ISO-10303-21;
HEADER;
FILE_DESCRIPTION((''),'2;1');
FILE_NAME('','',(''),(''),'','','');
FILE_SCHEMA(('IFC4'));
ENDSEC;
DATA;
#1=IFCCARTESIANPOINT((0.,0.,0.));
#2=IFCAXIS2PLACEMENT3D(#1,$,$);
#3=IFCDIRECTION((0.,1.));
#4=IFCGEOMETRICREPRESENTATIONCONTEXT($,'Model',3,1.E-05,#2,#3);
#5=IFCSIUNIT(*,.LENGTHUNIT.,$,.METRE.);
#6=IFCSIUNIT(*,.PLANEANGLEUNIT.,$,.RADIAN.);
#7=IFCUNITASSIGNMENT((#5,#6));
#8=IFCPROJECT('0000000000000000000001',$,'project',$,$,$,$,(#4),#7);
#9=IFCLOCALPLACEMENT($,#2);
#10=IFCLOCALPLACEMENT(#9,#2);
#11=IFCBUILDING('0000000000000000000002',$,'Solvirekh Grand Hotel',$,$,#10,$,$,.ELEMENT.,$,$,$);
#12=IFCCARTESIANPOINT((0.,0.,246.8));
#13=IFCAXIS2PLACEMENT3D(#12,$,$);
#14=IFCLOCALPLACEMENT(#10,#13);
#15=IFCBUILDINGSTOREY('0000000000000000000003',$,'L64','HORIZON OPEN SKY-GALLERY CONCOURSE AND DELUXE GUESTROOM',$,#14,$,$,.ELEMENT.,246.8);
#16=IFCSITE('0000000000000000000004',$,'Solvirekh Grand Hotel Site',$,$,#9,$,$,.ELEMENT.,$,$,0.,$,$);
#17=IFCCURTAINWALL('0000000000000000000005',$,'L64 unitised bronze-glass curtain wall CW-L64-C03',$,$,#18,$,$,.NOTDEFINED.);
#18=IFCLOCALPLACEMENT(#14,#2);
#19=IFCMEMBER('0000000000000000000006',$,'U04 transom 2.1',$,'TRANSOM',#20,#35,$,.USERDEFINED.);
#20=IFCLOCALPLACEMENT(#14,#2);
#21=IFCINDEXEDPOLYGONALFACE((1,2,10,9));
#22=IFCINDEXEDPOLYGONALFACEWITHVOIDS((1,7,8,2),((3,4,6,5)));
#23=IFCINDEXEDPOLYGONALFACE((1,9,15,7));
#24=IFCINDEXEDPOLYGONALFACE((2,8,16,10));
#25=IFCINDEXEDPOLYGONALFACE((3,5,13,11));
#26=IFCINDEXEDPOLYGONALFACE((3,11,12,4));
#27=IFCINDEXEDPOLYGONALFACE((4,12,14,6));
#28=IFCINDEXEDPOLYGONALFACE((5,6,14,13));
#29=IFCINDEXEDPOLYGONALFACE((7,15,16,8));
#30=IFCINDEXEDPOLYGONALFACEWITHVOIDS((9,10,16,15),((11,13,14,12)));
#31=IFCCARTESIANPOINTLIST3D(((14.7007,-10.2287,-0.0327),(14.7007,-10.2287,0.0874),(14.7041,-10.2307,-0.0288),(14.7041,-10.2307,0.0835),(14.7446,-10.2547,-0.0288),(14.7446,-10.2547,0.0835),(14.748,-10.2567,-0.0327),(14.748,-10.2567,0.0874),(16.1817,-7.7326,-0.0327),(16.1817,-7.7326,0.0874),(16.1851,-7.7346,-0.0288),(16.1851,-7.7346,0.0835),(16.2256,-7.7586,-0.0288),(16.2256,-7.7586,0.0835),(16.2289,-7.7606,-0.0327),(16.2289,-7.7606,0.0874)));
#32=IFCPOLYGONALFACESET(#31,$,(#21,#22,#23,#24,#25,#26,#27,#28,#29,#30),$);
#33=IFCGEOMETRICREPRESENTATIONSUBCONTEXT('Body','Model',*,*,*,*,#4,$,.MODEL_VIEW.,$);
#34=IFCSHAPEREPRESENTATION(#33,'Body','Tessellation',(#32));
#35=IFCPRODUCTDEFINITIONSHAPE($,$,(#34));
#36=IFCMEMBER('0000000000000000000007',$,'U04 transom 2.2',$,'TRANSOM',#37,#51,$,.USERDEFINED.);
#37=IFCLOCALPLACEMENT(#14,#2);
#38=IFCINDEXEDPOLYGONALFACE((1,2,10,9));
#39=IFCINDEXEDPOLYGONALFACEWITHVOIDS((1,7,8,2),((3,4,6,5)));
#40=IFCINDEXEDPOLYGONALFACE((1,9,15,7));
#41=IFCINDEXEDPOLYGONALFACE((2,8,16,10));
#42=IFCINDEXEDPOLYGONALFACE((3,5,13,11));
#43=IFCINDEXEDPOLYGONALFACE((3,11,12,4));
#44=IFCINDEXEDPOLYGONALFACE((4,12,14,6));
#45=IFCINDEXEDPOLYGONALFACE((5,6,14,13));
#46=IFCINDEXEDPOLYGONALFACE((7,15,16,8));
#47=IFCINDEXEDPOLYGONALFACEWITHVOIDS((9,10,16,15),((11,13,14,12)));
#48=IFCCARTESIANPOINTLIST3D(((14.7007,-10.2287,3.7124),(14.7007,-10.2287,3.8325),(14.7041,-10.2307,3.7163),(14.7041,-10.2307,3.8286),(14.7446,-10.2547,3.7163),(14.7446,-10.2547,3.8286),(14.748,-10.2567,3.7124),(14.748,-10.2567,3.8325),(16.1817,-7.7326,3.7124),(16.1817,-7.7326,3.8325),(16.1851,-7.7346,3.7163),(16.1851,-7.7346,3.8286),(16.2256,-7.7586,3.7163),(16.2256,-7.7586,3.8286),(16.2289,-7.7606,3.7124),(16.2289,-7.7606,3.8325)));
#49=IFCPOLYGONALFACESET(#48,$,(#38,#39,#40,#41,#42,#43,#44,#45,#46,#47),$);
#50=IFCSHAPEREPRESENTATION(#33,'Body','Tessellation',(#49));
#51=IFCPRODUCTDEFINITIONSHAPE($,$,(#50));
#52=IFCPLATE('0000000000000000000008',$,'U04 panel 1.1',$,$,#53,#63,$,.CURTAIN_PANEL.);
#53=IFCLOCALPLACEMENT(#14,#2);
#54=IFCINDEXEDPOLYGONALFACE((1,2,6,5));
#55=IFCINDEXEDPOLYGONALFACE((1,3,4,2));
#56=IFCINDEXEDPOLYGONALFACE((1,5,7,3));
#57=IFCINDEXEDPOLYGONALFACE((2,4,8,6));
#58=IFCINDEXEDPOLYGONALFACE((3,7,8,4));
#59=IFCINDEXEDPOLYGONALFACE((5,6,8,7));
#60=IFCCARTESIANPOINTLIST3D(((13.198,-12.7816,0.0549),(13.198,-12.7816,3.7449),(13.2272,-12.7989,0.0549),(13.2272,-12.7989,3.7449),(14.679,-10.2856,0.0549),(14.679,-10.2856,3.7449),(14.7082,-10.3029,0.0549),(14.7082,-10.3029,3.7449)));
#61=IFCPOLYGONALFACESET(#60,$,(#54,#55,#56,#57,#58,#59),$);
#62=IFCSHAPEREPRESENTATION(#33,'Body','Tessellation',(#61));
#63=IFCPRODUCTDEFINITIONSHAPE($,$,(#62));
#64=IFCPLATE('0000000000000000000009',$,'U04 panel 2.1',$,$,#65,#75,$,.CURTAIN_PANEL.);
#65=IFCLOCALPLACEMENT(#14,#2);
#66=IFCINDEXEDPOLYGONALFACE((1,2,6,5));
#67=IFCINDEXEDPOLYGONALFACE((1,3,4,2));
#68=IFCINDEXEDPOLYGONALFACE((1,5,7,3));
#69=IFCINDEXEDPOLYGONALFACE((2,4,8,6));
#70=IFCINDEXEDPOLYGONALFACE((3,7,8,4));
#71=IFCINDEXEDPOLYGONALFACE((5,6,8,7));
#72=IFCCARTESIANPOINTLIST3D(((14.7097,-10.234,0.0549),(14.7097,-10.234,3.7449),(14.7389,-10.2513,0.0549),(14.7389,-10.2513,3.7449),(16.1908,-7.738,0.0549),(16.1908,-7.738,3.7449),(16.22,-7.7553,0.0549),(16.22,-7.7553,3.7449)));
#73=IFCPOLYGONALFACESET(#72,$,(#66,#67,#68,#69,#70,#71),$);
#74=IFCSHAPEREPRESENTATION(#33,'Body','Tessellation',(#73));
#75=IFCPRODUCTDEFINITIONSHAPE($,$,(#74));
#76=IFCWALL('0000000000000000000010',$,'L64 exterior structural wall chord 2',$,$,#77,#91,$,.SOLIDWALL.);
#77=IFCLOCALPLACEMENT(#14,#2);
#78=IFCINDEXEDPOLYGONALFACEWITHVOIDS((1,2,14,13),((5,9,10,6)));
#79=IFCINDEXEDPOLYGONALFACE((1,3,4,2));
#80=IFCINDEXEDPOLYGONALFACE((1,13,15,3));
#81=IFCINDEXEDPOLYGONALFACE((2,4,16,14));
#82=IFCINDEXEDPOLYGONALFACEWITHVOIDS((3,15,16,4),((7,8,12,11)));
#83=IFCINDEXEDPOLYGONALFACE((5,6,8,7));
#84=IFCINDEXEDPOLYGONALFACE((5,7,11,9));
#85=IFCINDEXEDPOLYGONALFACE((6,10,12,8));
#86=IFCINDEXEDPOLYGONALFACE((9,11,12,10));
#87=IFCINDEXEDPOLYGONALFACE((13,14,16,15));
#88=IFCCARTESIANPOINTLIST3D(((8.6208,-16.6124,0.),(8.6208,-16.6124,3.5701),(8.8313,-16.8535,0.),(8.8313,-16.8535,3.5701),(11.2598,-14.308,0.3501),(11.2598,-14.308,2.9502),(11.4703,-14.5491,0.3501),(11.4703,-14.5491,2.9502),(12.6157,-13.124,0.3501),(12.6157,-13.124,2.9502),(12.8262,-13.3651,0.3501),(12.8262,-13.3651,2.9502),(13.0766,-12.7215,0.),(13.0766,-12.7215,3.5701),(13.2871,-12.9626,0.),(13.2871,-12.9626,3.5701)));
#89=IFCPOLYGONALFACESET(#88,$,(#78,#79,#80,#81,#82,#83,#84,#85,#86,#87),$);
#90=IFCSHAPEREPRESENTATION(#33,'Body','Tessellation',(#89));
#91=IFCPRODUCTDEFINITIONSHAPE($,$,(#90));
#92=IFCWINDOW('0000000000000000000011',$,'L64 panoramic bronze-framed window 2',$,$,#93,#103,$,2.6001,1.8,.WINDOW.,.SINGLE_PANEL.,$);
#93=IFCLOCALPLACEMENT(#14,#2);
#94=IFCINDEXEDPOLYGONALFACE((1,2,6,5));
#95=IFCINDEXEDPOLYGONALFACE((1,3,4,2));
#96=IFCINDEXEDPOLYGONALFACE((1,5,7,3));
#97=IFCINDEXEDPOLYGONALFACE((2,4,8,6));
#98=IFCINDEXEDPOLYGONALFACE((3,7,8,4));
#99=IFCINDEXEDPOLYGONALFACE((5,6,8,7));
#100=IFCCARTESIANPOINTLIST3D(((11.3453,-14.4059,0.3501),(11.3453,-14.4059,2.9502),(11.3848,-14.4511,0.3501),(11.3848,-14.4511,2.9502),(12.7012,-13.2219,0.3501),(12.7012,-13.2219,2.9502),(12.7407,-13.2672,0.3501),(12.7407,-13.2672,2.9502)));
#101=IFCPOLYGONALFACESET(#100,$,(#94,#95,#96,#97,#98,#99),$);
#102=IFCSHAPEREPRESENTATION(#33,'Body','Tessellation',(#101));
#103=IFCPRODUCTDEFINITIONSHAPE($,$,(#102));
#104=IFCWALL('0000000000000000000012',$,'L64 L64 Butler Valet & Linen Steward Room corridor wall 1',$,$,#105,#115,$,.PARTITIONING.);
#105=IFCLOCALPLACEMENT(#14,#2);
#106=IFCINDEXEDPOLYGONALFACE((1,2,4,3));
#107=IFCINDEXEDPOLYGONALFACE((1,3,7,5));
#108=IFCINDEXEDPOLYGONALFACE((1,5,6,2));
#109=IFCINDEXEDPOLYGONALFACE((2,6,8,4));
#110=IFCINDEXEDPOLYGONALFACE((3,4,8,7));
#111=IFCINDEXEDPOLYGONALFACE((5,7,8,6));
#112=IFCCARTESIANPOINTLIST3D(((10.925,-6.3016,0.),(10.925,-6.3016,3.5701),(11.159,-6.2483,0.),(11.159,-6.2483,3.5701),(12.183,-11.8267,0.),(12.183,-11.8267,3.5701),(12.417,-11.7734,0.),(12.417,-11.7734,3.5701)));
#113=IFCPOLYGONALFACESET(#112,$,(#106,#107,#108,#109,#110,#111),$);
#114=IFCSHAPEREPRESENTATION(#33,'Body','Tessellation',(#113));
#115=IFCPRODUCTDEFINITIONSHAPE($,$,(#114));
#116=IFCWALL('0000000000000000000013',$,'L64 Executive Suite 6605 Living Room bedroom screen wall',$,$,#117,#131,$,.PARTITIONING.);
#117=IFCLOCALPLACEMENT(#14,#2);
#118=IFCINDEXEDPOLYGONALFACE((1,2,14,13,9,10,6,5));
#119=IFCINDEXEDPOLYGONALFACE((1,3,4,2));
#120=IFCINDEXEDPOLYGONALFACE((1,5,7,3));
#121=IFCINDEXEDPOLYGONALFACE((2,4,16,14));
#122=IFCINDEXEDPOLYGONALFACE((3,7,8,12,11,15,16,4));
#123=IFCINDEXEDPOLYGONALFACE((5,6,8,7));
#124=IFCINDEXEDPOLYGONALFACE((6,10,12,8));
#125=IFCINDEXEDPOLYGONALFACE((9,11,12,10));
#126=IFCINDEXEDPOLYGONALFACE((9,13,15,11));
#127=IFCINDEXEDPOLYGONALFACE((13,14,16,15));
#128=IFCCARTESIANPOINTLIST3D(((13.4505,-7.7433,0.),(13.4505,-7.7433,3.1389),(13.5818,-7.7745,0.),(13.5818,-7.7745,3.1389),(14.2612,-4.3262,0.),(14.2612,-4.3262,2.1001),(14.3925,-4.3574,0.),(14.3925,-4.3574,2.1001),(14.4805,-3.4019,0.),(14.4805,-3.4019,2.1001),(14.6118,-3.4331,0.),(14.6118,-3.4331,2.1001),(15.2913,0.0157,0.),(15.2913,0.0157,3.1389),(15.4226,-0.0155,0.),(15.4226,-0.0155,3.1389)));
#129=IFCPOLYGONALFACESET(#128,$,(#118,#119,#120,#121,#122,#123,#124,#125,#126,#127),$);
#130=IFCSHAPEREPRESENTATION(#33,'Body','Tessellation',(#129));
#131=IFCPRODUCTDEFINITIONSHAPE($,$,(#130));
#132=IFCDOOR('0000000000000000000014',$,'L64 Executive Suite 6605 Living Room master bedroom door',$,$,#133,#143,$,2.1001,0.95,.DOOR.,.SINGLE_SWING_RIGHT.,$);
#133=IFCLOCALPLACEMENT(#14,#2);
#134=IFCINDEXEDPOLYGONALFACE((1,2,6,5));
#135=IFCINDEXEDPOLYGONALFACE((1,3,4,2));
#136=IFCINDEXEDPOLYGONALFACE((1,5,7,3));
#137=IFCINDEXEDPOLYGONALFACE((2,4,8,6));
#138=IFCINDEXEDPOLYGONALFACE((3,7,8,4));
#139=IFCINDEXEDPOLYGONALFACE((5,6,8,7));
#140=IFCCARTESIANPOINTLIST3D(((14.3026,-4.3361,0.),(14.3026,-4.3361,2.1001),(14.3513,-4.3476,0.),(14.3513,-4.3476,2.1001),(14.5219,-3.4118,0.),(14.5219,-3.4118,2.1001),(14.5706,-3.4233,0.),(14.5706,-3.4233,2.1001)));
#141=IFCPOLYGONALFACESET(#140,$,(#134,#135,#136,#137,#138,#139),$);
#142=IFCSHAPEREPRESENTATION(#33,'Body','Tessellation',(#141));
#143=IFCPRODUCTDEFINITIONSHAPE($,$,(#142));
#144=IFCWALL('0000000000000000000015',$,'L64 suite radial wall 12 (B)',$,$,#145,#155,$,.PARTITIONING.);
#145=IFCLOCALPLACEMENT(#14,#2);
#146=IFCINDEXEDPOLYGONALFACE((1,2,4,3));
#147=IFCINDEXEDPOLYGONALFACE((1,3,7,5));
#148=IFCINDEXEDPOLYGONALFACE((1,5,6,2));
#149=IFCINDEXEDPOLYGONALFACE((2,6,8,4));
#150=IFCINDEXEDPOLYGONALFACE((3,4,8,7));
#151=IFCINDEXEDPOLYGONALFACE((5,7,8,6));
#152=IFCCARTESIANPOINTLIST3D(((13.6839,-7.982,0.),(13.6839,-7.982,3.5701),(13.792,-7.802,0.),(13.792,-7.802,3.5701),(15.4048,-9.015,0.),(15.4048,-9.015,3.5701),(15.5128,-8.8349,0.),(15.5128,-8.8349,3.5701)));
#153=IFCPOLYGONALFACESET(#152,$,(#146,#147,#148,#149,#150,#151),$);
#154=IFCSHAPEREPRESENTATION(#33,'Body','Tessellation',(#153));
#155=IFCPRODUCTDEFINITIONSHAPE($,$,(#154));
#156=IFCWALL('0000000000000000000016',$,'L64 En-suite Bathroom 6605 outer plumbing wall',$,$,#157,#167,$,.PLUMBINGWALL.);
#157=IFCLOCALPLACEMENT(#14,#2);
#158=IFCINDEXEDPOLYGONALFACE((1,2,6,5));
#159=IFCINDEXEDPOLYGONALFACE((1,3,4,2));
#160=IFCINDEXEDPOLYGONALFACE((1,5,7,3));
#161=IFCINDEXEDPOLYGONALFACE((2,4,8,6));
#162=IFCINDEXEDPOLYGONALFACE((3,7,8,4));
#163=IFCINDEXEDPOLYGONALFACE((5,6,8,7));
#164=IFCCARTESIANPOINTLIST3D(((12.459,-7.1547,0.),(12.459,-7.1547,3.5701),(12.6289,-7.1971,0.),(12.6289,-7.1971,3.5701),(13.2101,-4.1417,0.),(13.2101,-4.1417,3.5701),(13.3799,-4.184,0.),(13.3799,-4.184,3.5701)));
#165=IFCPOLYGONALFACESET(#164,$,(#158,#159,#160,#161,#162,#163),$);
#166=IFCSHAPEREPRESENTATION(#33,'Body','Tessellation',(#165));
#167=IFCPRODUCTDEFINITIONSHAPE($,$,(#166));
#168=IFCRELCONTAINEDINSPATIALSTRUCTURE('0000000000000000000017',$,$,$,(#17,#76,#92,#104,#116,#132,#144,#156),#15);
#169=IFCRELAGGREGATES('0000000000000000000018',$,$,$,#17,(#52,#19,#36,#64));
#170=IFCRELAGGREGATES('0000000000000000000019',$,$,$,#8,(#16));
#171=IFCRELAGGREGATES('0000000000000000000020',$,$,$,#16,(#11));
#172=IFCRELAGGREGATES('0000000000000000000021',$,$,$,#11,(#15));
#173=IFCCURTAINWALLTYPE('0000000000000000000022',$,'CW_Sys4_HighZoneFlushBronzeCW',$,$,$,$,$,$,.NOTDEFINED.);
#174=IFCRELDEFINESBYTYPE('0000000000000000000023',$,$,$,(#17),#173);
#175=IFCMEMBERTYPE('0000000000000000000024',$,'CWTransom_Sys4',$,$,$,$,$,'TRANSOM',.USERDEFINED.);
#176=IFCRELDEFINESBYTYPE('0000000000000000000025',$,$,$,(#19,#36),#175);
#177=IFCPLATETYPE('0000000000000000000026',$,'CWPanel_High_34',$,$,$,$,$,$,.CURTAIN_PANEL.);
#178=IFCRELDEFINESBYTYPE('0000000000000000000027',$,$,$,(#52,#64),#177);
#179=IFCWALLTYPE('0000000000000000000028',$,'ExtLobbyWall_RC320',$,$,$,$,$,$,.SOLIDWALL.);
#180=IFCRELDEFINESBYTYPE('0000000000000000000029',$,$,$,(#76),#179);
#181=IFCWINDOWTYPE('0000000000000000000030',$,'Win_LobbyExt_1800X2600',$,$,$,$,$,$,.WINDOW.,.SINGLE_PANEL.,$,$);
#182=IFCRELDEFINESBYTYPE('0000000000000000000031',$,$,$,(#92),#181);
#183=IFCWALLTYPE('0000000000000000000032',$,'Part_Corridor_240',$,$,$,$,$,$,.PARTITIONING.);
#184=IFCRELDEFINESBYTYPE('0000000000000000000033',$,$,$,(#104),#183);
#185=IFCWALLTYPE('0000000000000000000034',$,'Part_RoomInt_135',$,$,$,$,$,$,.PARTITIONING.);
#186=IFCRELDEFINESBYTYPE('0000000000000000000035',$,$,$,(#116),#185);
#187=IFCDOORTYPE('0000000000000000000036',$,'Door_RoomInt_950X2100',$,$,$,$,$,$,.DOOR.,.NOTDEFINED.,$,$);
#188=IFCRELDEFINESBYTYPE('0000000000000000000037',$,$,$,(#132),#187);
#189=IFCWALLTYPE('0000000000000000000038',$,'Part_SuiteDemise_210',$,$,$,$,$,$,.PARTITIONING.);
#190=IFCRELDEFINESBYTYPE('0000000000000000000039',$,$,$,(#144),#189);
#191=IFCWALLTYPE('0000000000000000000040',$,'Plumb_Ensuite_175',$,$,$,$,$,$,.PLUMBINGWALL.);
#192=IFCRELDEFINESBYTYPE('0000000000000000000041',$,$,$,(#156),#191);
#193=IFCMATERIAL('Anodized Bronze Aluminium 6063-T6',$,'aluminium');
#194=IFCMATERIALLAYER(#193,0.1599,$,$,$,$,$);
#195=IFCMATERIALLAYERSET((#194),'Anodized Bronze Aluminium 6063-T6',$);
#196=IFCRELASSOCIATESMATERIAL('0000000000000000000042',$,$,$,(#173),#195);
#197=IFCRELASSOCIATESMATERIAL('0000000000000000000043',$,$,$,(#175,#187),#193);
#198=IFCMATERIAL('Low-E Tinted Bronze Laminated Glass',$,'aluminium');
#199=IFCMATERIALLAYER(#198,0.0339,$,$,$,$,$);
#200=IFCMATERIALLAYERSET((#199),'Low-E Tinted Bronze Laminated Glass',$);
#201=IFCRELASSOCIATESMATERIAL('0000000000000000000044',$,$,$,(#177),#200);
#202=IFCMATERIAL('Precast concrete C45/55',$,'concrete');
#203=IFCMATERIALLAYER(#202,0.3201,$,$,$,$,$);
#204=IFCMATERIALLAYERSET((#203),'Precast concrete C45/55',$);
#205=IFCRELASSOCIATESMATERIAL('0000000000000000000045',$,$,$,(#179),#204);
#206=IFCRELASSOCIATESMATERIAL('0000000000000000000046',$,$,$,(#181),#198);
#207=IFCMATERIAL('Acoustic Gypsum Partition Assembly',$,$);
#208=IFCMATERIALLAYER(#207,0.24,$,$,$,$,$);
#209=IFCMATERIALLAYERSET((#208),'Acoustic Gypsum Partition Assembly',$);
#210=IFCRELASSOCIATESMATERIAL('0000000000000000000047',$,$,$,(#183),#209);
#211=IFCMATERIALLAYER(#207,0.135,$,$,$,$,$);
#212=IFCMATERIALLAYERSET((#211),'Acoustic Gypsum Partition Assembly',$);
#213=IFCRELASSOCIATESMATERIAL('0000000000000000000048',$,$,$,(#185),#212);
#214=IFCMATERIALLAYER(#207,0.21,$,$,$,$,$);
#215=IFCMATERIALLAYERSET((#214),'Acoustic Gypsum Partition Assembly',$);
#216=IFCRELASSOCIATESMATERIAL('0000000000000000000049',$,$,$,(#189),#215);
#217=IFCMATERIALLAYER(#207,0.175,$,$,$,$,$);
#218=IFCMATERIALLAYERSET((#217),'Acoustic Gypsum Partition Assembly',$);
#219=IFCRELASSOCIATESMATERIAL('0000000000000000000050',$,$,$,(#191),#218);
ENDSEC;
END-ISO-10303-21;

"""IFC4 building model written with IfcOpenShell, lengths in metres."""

from ifc_helpers import new_model, si_unit, direction, frame, frame_2d, origin, origin_2d, place, context, subcontext, project, spatial, rectangle, hollow_rectangle, extrude, source, transform, mapped, material, layer, layer_set, material_profile, profile_set, type_object, element, fill, aggregate, save


model = new_model("IFC4")

# Units and contexts
model_context = context("Model", 3, precision=1e-05, world=origin(), true_north=direction((0.0, 1.0)))
body_context = subcontext(model_context, "Body", "Model", "MODEL_VIEW")
ifc_project = project(units=[si_unit("LENGTHUNIT", "METRE"), si_unit("PLANEANGLEUNIT", "RADIAN")], contexts=[model_context])

# Site, building, storey
site_placement = place(None, origin())
site = spatial("IfcSite", under=ifc_project, at=site_placement, Name="Solvirekh Grand Hotel Site", CompositionType="ELEMENT", RefElevation=0.0)
building_placement = place(site_placement, origin())
building = spatial("IfcBuilding", under=site, at=building_placement, Name="Solvirekh Grand Hotel", CompositionType="ELEMENT")
storey_placement = place(building_placement, frame((0.0, 0.0, 246.8)))
storey = spatial("IfcBuildingStorey", under=building, at=storey_placement, Name="L64", Description="HORIZON OPEN SKY-GALLERY CONCOURSE AND DELUXE GUESTROOM", CompositionType="ELEMENT", Elevation=246.8)

# Curtain wall, members, plates
ifc_material_1 = material(Name="Anodized Bronze Aluminium 6063-T6", Category="aluminium")
ifc_layer_1 = layer(ifc_material_1, 0.1599)
ifc_layer_set_1 = layer_set([ifc_layer_1], Name="Anodized Bronze Aluminium 6063-T6")
curtain_wall_type = type_object("IfcCurtainWallType", Name="CW_Sys4_HighZoneFlushBronzeCW", PredefinedType="NOTDEFINED", material=ifc_layer_set_1)
curtain_wall_placement = place(storey_placement, origin())
curtain_wall = element("IfcCurtainWall", 1, at=curtain_wall_placement, inside=storey, type_object=curtain_wall_type, Name="L64 unitised bronze-glass curtain wall CW-L64-C03", PredefinedType="NOTDEFINED")
ifc_material_profile_1 = material_profile(ifc_material_1, hollow_rectangle(XDim=0.0549, YDim=0.1201, WallThickness=0.0039, at=origin_2d()), Name="ALU RHS 120X55X4")
ifc_profile_set_1 = profile_set([ifc_material_profile_1], Name="Anodized Bronze Aluminium 6063-T6")
member_type_1 = type_object("IfcMemberType", Name="CWTransom_Sys4", ElementType="TRANSOM", PredefinedType="USERDEFINED", material=ifc_profile_set_1)
shared_shape_1 = source(origin(), body_context, "Body", "SweptSolid", [
    extrude(hollow_rectangle(XDim=0.0549, YDim=0.1201, WallThickness=0.0039, at=origin_2d()), origin(), (0.0, 0.0, 1.0), 2.9023),
])
member_1_placement = place(storey_placement, frame((14.7244, -10.2427, 0.0273), z_axis=(0.510259, 0.860021, 0.0), x_axis=(-0.860021, 0.510259, 0.0)))
member_1 = element("IfcMember", 2, at=member_1_placement, type_object=member_type_1, Name="U04 transom 2.1", ObjectType="TRANSOM", PredefinedType="USERDEFINED", context=body_context, shape_type="MappedRepresentation", body=[
    mapped(shared_shape_1, transform((0.0, 0.0, 0.0), x_axis=(1.0, 0.0, 0.0), y_axis=(0.0, 1.0, 0.0), z_axis=(0.0, 0.0, 1.0), scale=1.0)),
])
member_2_placement = place(storey_placement, frame((14.7244, -10.2427, 3.7725), z_axis=(0.510259, 0.860021, 0.0), x_axis=(-0.860021, 0.510259, 0.0)))
member_2 = element("IfcMember", 3, at=member_2_placement, type_object=member_type_1, Name="U04 transom 2.2", ObjectType="TRANSOM", PredefinedType="USERDEFINED", context=body_context, shape_type="MappedRepresentation", body=[
    mapped(shared_shape_1, transform((0.0, 0.0, 0.0), x_axis=(1.0, 0.0, 0.0), y_axis=(0.0, 1.0, 0.0), z_axis=(0.0, 0.0, 1.0), scale=1.0)),
])
ifc_material_2 = material(Name="Low-E Tinted Bronze Laminated Glass", Category="aluminium")
ifc_layer_2 = layer(ifc_material_2, 0.0339)
ifc_layer_set_2 = layer_set([ifc_layer_2], Name="Low-E Tinted Bronze Laminated Glass")
plate_type = type_object("IfcPlateType", Name="CWPanel_High_34", PredefinedType="CURTAIN_PANEL", material=ifc_layer_set_2)
shared_shape_2 = source(origin(), body_context, "Body", "SweptSolid", [
    extrude(rectangle(XDim=2.9023, YDim=0.0339, at=origin_2d()), origin(), (0.0, 0.0, 1.0), 3.6899),
])
plate_1_placement = place(storey_placement, frame((13.9531, -11.5422, 0.0549), z_axis=(0.0, 0.0, 1.0), x_axis=(0.510288, 0.860004, 0.0)))
plate_1 = element("IfcPlate", 4, at=plate_1_placement, type_object=plate_type, Name="U04 panel 1.1", PredefinedType="CURTAIN_PANEL", context=body_context, shape_type="MappedRepresentation", body=[
    mapped(shared_shape_2, transform((0.0, 0.0, 0.0), x_axis=(1.0, 0.0, 0.0), y_axis=(0.0, 1.0, 0.0), z_axis=(0.0, 0.0, 1.0), scale=1.0)),
])
plate_2_placement = place(storey_placement, frame((15.4648, -8.9946, 0.0549), z_axis=(0.0, 0.0, 1.0), x_axis=(0.510288, 0.860004, 0.0)))
plate_2 = element("IfcPlate", 5, at=plate_2_placement, type_object=plate_type, Name="U04 panel 2.1", PredefinedType="CURTAIN_PANEL", context=body_context, shape_type="MappedRepresentation", body=[
    mapped(shared_shape_2, transform((0.0, 0.0, 0.0), x_axis=(1.0, 0.0, 0.0), y_axis=(0.0, 1.0, 0.0), z_axis=(0.0, 0.0, 1.0), scale=1.0)),
])
aggregate(curtain_wall, [plate_1, member_1, member_2, plate_2])

# Wall, opening, window
ifc_material_3 = material(Name="Precast concrete C45/55", Category="concrete")
ifc_layer_3 = layer(ifc_material_3, 0.3201)
ifc_layer_set_3 = layer_set([ifc_layer_3], Name="Precast concrete C45/55")
wall_type_1 = type_object("IfcWallType", Name="ExtLobbyWall_RC320", PredefinedType="SOLIDWALL", material=ifc_layer_set_3)
wall_1_placement = place(storey_placement, frame((13.1819, -12.842, 0.0), z_axis=(0.0, 0.0, 1.0), x_axis=(-0.753244, -0.657742, 0.0)))
wall_1 = element("IfcWall", 6, at=wall_1_placement, inside=storey, type_object=wall_type_1, Name="L64 exterior structural wall chord 2", PredefinedType="SOLIDWALL", context=body_context, shape_type="SweptSolid", body=[
    extrude(rectangle(XDim=5.9155, YDim=0.3201, at=frame_2d((2.9578, 0.0))), origin(), (0.0, 0.0, 1.0), 3.5701),
])
opening_1_placement = place(wall_1_placement, frame((0.6121, 0.0, 0.3501)))
opening_1 = element("IfcOpeningElement", 7, at=opening_1_placement, cuts=wall_1, PredefinedType="OPENING", context=body_context, shape_type="SweptSolid", body=[
    extrude(rectangle(XDim=1.8, YDim=2.6001, at=frame_2d((0.8999, 1.3))), frame((0.0, 0.1699, 0.0), z_axis=(0.0, -1.0, 0.0), x_axis=(1.0, 0.0, 0.0)), (0.0, 0.0, 1.0), 0.3401),
])
window_type = type_object("IfcWindowType", Name="Win_LobbyExt_1800X2600", PartitioningType="SINGLE_PANEL", PredefinedType="WINDOW", material=ifc_material_2)
window_placement = place(opening_1_placement, origin())
window = element("IfcWindow", 8, at=window_placement, inside=storey, type_object=window_type, Name="L64 panoramic bronze-framed window 2", OverallHeight=2.6001, OverallWidth=1.8, PartitioningType="SINGLE_PANEL", PredefinedType="WINDOW", context=body_context, shape_type="SweptSolid", body=[
    extrude(rectangle(XDim=1.8, YDim=2.6001, at=frame_2d((0.8999, 1.3))), frame((0.0, 0.03, 0.0), z_axis=(0.0, -1.0, 0.0), x_axis=(1.0, 0.0, 0.0)), (0.0, 0.0, 1.0), 0.0601),
])
fill(opening_1, window)

# Wall
ifc_material_4 = material(Name="Acoustic Gypsum Partition Assembly")
ifc_layer_4 = layer(ifc_material_4, 0.24)
ifc_layer_set_4 = layer_set([ifc_layer_4], Name="Acoustic Gypsum Partition Assembly")
wall_type_2 = type_object("IfcWallType", Name="Part_Corridor_240", PredefinedType="PARTITIONING", material=ifc_layer_set_4)
wall_2_placement = place(storey_placement, frame((12.3, -11.8, 0.0), z_axis=(0.0, 0.0, 1.0), x_axis=(-0.222014, 0.975043, 0.0)))
element("IfcWall", 9, at=wall_2_placement, inside=storey, type_object=wall_type_2, Name="L64 L64 Butler Valet & Linen Steward Room corridor wall 1", PredefinedType="PARTITIONING", context=body_context, shape_type="SweptSolid", body=[
    extrude(rectangle(XDim=5.6665, YDim=0.24, at=frame_2d((2.8333, 0.0))), origin(), (0.0, 0.0, 1.0), 3.5701),
])

# Wall, opening, door
ifc_layer_5 = layer(ifc_material_4, 0.135)
ifc_layer_set_5 = layer_set([ifc_layer_5], Name="Acoustic Gypsum Partition Assembly")
wall_type_3 = type_object("IfcWallType", Name="Part_RoomInt_135", PredefinedType="PARTITIONING", material=ifc_layer_set_5)
wall_3_placement = place(storey_placement, frame((13.5161, -7.759, 0.0), z_axis=(0.0, 0.0, 1.0), x_axis=(0.230841, 0.972992, 0.0)))
wall_3 = element("IfcWall", 10, at=wall_3_placement, inside=storey, type_object=wall_type_3, Name="L64 Executive Suite 6605 Living Room bedroom screen wall", PredefinedType="PARTITIONING", context=body_context, shape_type="SweptSolid", body=[
    extrude(rectangle(XDim=7.9744, YDim=0.135, at=frame_2d((3.9873, 0.0))), origin(), (0.0, 0.0, 1.0), 3.1389),
])
opening_2_placement = place(wall_3_placement, frame((3.512, 0.0, 0.0)))
opening_2 = element("IfcOpeningElement", 11, at=opening_2_placement, cuts=wall_3, PredefinedType="OPENING", context=body_context, shape_type="SweptSolid", body=[
    extrude(rectangle(XDim=0.95, YDim=2.1001, at=frame_2d((0.4751, 1.05))), frame((0.0, 0.0776, 0.0), z_axis=(0.0, -1.0, 0.0), x_axis=(1.0, 0.0, 0.0)), (0.0, 0.0, 1.0), 0.155),
])
door_type = type_object("IfcDoorType", Name="Door_RoomInt_950X2100", OperationType="NOTDEFINED", PredefinedType="DOOR", material=ifc_material_1)
door_placement = place(opening_2_placement, origin())
door = element("IfcDoor", 12, at=door_placement, inside=storey, type_object=door_type, Name="L64 Executive Suite 6605 Living Room master bedroom door", OperationType="SINGLE_SWING_RIGHT", OverallHeight=2.1001, OverallWidth=0.95, PredefinedType="DOOR", context=body_context, shape_type="SweptSolid", body=[
    extrude(rectangle(XDim=0.95, YDim=2.1001, at=frame_2d((0.4751, 1.05))), frame((0.0, 0.0249, 0.0), z_axis=(0.0, -1.0, 0.0), x_axis=(1.0, 0.0, 0.0)), (0.0, 0.0, 1.0), 0.05),
])
fill(opening_2, door)

# Walls
ifc_layer_6 = layer(ifc_material_4, 0.21)
ifc_layer_set_6 = layer_set([ifc_layer_6], Name="Acoustic Gypsum Partition Assembly")
wall_type_4 = type_object("IfcWallType", Name="Part_SuiteDemise_210", PredefinedType="PARTITIONING", material=ifc_layer_set_6)
wall_4_placement = place(storey_placement, frame((13.738, -7.8921, 0.0), z_axis=(0.0, 0.0, 1.0), x_axis=(0.857407, -0.514639, 0.0)))
element("IfcWall", 13, at=wall_4_placement, inside=storey, type_object=wall_type_4, Name="L64 suite radial wall 12 (B)", PredefinedType="PARTITIONING", context=body_context, shape_type="SweptSolid", body=[
    extrude(rectangle(XDim=2.0071, YDim=0.21, at=frame_2d((1.0034, 0.0))), origin(), (0.0, 0.0, 1.0), 3.5701),
])
ifc_layer_7 = layer(ifc_material_4, 0.175)
ifc_layer_set_7 = layer_set([ifc_layer_7], Name="Acoustic Gypsum Partition Assembly")
wall_type_5 = type_object("IfcWallType", Name="Plumb_Ensuite_175", PredefinedType="PLUMBINGWALL", material=ifc_layer_set_7)
wall_5_placement = place(storey_placement, frame((12.5439, -7.176, 0.0), z_axis=(0.0, 0.0, 1.0), x_axis=(0.241851, 0.970313, 0.0)))
element("IfcWall", 14, at=wall_5_placement, inside=storey, type_object=wall_type_5, Name="L64 En-suite Bathroom 6605 outer plumbing wall", PredefinedType="PLUMBINGWALL", context=body_context, shape_type="SweptSolid", body=[
    extrude(rectangle(XDim=3.1052, YDim=0.175, at=frame_2d((1.5527, 0.0))), origin(), (0.0, 0.0, 1.0), 3.5701),
])

save(model, "model.ifc")
